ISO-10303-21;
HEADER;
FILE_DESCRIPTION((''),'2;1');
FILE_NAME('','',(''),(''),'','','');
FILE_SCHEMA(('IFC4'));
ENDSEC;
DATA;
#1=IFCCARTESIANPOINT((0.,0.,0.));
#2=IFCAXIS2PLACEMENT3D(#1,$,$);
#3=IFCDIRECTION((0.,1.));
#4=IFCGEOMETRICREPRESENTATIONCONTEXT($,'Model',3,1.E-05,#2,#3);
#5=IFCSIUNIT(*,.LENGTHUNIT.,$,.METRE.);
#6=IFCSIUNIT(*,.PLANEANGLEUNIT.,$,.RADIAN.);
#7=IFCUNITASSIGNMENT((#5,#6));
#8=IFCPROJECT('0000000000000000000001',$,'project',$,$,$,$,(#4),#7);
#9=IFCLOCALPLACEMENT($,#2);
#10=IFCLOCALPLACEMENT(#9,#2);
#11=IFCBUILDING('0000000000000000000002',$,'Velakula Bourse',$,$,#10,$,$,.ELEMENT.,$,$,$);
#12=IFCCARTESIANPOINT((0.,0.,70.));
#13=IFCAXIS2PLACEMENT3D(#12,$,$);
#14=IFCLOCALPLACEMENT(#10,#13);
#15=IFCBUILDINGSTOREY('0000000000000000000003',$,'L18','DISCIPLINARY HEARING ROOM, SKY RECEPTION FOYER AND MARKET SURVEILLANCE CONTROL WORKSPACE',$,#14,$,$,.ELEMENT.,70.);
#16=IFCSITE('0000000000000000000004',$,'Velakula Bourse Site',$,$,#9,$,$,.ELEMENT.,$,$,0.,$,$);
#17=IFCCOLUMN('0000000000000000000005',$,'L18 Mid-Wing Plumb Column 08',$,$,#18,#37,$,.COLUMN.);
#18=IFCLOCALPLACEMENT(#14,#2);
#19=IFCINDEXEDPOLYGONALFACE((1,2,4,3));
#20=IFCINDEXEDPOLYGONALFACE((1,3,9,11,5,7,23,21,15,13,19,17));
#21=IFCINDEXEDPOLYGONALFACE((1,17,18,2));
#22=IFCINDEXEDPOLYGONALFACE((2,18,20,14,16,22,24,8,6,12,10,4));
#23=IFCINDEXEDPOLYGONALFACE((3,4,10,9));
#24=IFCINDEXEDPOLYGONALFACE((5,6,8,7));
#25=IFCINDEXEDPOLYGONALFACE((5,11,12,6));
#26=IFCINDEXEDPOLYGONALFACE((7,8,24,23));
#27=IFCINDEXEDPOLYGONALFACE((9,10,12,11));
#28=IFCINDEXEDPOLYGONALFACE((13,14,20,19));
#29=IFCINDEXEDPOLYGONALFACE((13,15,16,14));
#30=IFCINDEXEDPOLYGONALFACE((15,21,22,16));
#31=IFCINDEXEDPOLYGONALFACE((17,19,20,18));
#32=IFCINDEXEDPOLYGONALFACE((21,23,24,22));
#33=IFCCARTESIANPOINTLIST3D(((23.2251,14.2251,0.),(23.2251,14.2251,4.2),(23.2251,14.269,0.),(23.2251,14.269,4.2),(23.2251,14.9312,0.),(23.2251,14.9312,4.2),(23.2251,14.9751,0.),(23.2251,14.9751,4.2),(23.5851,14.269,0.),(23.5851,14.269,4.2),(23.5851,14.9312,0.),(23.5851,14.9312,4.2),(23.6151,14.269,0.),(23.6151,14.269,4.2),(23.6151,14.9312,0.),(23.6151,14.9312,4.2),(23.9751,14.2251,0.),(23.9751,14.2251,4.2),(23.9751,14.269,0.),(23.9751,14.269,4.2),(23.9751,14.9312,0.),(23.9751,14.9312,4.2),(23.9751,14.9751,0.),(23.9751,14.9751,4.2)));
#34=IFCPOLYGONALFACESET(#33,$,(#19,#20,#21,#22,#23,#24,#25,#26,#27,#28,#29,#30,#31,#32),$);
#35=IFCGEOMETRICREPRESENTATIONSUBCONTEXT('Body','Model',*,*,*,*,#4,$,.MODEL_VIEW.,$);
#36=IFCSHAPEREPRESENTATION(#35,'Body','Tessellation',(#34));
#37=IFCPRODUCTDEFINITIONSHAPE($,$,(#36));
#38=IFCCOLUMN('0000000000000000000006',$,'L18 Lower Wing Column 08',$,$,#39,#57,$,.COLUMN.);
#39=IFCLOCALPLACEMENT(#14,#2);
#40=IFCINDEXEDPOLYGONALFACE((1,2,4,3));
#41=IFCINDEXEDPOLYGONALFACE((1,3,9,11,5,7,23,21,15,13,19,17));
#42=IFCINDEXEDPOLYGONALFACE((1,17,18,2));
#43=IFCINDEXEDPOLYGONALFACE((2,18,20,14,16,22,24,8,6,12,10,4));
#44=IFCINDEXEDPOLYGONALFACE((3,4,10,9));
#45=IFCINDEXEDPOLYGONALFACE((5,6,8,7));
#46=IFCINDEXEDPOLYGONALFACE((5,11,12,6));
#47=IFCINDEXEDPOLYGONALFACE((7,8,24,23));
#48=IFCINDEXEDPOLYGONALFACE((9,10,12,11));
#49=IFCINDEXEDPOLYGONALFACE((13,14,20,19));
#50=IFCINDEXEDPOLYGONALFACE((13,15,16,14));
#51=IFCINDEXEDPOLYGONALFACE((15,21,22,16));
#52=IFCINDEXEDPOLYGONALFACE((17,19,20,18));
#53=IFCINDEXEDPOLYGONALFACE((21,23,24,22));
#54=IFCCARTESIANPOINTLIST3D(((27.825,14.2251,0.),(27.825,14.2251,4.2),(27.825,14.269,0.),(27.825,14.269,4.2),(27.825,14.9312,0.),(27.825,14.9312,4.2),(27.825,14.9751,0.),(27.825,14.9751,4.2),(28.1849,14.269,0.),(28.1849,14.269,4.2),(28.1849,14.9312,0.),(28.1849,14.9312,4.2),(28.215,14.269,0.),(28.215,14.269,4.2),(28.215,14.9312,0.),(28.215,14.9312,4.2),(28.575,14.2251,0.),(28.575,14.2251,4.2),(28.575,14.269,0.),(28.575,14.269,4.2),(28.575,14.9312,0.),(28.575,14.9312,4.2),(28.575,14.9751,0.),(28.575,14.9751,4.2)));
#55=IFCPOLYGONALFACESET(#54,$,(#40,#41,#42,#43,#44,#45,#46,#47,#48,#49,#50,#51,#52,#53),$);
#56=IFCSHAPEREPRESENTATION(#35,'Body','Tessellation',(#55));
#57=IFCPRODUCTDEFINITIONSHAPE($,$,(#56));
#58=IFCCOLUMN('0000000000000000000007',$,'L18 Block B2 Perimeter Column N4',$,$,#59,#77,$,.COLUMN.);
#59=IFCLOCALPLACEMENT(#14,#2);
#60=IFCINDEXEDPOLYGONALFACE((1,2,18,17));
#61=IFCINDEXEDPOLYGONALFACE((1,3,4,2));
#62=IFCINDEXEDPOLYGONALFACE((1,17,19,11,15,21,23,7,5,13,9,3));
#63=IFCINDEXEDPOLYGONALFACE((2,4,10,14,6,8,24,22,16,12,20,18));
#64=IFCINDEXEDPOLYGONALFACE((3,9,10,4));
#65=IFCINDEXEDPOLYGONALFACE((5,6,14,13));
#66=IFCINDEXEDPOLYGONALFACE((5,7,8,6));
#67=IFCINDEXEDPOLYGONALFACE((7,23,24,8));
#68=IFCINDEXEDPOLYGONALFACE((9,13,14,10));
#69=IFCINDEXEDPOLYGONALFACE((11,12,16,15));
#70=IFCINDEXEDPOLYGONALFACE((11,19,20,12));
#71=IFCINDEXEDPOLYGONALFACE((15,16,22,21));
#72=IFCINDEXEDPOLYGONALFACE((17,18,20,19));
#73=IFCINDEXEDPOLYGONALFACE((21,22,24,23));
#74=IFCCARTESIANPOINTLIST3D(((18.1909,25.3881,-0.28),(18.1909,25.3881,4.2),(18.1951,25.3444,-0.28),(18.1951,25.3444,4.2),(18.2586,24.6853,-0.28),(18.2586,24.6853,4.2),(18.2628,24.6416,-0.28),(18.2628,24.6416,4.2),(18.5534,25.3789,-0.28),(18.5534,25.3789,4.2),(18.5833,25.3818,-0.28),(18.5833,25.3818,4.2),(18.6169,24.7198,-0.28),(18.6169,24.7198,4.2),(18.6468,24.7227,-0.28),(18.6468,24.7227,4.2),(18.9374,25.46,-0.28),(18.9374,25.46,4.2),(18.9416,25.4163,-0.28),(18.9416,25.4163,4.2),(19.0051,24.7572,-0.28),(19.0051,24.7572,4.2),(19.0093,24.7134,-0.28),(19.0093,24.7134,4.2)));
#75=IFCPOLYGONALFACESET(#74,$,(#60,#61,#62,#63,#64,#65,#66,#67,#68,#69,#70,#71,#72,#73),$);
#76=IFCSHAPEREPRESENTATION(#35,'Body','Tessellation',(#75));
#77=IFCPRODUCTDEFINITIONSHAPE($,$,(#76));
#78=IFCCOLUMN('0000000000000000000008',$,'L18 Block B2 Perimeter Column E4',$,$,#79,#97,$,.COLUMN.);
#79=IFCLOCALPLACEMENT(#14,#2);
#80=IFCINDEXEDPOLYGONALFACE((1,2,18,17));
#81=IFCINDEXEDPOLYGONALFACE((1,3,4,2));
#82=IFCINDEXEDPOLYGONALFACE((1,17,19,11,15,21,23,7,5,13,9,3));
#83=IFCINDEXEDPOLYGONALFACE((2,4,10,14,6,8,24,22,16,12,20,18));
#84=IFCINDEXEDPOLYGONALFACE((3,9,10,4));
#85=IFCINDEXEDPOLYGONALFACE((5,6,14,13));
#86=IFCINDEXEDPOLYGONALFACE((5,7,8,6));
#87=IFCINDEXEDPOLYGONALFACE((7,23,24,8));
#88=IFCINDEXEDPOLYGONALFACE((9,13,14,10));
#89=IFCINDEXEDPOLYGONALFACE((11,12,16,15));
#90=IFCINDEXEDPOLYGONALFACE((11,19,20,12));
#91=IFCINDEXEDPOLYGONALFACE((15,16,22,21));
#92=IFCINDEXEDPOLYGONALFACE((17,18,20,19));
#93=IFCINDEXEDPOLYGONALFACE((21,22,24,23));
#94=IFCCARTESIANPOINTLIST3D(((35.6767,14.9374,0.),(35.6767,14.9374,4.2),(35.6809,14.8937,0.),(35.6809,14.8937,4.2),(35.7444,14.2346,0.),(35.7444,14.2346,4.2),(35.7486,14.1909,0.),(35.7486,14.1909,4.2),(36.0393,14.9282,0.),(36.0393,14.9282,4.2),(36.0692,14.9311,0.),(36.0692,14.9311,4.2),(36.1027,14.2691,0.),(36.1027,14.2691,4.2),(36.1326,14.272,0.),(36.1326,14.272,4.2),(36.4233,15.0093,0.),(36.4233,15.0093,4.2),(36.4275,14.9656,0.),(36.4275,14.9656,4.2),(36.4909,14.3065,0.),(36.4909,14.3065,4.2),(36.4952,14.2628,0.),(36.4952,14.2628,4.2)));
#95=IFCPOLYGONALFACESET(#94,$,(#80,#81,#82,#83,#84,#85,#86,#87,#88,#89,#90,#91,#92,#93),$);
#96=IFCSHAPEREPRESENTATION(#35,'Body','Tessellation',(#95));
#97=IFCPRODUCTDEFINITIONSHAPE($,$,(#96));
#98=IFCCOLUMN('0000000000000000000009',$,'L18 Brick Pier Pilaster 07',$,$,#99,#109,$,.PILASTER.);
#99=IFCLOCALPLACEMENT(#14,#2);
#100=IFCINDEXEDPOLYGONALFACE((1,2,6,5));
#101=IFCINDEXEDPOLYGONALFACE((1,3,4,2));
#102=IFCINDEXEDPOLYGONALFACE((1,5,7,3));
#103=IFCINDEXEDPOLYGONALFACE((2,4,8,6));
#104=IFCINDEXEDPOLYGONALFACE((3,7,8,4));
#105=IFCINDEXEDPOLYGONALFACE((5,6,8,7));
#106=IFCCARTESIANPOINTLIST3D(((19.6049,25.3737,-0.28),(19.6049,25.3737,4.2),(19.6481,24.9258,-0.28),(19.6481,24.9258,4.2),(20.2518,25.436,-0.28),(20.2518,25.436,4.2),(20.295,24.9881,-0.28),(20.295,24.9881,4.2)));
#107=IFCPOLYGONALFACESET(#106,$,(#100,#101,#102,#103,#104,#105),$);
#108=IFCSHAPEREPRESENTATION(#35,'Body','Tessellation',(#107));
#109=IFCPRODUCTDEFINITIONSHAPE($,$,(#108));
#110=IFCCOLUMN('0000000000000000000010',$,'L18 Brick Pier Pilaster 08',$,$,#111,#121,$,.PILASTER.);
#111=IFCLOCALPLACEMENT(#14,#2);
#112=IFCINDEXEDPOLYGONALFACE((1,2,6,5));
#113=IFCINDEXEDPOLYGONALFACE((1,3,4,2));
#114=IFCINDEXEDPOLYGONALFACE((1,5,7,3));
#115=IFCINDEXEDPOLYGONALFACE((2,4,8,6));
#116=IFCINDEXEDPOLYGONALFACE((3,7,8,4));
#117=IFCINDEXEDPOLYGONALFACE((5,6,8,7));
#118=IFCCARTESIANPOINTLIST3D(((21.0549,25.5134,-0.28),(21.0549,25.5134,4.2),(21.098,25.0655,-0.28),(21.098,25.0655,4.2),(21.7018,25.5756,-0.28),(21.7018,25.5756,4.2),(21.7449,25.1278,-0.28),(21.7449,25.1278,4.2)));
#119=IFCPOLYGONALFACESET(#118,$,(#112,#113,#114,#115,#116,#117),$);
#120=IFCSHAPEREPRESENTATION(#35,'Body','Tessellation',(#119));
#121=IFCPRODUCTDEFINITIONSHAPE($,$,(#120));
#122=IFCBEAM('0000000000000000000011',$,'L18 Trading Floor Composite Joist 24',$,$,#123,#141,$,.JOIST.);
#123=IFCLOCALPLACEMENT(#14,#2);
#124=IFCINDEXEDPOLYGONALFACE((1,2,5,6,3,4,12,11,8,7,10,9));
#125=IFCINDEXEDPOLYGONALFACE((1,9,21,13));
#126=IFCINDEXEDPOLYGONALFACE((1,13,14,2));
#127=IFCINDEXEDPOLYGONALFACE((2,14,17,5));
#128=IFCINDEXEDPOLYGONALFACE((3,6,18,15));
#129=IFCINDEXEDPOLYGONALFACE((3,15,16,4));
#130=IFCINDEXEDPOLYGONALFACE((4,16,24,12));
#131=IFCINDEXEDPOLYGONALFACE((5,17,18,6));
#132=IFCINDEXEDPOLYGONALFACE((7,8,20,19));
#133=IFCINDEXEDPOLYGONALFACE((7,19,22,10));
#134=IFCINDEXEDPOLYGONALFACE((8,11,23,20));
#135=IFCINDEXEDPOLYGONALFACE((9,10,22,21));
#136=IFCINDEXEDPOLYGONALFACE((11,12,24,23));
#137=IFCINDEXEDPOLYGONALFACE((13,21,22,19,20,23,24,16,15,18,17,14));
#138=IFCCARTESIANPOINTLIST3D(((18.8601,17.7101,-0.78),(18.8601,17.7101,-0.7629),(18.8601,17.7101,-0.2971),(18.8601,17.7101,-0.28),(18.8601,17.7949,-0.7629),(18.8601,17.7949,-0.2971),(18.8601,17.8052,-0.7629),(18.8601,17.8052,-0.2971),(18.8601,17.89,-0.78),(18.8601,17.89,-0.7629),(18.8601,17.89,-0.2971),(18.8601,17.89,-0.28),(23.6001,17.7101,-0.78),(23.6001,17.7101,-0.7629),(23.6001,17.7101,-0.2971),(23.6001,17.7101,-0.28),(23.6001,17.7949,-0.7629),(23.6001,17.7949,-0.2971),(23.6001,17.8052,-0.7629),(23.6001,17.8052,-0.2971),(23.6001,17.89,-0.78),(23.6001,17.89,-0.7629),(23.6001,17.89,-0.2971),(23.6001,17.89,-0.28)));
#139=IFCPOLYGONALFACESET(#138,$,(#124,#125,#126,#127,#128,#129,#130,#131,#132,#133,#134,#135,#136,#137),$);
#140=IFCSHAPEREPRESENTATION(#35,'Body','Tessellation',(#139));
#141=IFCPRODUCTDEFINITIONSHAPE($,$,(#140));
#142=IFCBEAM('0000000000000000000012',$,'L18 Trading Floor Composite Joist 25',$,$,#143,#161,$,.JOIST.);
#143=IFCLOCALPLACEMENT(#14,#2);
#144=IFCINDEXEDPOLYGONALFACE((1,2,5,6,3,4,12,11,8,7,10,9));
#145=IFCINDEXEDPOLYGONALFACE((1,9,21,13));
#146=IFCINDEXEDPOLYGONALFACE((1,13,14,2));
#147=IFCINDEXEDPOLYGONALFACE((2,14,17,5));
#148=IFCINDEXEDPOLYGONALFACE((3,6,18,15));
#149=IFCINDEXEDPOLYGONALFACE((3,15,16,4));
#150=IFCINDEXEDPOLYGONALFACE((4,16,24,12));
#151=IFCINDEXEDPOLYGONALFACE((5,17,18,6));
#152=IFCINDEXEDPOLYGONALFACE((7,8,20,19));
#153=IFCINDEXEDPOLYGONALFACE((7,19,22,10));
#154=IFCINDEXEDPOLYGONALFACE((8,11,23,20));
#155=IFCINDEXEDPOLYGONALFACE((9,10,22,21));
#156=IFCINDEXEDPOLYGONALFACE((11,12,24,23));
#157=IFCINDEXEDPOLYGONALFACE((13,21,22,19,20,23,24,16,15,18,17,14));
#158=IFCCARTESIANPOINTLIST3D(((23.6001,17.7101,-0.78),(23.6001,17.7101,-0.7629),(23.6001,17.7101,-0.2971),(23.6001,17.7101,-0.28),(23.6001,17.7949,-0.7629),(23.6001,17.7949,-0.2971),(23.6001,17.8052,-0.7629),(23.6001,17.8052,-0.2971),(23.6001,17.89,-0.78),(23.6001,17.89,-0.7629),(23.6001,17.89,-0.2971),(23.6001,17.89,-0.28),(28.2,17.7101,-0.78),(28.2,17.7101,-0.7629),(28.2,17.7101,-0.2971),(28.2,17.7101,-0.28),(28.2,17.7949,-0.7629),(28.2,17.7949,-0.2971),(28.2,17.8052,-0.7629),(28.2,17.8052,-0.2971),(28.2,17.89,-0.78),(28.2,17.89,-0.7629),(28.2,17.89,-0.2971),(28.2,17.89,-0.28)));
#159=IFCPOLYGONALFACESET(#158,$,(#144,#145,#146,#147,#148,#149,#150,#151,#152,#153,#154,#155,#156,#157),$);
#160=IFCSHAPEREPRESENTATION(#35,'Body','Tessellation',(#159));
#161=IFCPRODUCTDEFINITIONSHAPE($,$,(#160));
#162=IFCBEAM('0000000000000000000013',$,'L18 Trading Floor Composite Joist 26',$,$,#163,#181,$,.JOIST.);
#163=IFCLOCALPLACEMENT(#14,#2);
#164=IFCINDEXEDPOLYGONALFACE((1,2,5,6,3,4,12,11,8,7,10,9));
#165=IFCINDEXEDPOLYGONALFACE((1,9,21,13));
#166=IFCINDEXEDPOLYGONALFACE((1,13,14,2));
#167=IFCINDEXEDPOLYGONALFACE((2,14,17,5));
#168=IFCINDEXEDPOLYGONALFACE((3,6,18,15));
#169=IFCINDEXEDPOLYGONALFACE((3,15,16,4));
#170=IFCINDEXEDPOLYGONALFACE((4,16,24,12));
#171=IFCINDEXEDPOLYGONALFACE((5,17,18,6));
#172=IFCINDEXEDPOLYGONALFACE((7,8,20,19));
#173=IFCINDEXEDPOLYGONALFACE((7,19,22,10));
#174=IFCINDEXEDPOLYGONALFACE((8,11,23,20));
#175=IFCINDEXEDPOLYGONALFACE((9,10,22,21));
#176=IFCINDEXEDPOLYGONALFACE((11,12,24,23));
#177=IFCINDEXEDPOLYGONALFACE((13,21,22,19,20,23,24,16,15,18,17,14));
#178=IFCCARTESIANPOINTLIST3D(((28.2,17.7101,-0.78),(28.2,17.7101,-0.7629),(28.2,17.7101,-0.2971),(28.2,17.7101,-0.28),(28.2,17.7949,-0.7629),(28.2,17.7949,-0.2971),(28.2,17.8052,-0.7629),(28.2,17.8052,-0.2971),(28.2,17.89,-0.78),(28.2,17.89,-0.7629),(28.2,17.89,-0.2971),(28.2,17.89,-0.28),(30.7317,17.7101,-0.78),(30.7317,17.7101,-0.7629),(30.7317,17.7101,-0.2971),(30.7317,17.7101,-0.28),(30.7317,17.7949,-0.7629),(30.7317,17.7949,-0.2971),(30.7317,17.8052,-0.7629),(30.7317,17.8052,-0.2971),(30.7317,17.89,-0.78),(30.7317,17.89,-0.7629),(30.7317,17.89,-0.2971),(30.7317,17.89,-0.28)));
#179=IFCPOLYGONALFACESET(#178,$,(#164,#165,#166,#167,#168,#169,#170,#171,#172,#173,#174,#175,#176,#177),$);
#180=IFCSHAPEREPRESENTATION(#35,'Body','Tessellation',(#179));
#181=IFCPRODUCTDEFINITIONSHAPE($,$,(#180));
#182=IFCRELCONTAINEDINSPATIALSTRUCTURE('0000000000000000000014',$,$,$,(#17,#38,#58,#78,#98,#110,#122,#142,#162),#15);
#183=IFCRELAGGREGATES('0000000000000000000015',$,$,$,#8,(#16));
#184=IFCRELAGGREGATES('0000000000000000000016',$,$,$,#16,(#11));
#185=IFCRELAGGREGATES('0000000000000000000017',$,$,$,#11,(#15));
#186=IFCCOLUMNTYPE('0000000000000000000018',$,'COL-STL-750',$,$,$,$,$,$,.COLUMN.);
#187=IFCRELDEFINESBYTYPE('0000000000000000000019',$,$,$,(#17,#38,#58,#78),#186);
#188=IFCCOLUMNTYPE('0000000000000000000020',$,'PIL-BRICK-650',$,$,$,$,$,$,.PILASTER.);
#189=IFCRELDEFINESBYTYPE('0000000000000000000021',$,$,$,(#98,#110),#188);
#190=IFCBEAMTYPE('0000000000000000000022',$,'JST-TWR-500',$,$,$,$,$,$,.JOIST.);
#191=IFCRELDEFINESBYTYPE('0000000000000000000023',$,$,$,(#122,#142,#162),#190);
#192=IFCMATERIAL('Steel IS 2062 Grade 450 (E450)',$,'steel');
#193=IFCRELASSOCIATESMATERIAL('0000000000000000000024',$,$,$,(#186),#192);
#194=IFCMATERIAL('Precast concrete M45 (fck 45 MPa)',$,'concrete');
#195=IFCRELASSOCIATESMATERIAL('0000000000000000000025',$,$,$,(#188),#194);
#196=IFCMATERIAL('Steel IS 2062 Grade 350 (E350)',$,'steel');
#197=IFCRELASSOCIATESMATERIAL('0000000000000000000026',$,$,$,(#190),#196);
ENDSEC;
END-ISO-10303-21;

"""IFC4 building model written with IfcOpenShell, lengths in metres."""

from ifc_helpers import new_model, si_unit, direction, frame, origin, origin_2d, place, context, subcontext, project, spatial, rectangle, i_section, extrude, material, material_profile, profile_set, type_object, element, save


model = new_model("IFC4")

# Units and contexts
model_context = context("Model", 3, precision=1e-05, world=origin(), true_north=direction((0.0, 1.0)))
body_context = subcontext(model_context, "Body", "Model", "MODEL_VIEW")
ifc_project = project(units=[si_unit("LENGTHUNIT", "METRE"), si_unit("PLANEANGLEUNIT", "RADIAN")], contexts=[model_context])

# Site, building, storey
site_placement = place(None, origin())
site = spatial("IfcSite", under=ifc_project, at=site_placement, Name="Velakula Bourse Site", CompositionType="ELEMENT", RefElevation=0.0)
building_placement = place(site_placement, origin())
building = spatial("IfcBuilding", under=site, at=building_placement, Name="Velakula Bourse", CompositionType="ELEMENT")
storey_placement = place(building_placement, frame((0.0, 0.0, 70.0)))
storey = spatial("IfcBuildingStorey", under=building, at=storey_placement, Name="L18", Description="DISCIPLINARY HEARING ROOM, SKY RECEPTION FOYER AND MARKET SURVEILLANCE CONTROL WORKSPACE", CompositionType="ELEMENT", Elevation=70.0)

# Columns
ifc_material_1 = material(Name="Steel IS 2062 Grade 450 (E450)", Category="steel")
ifc_material_profile_1 = material_profile(ifc_material_1, i_section(OverallWidth=0.75, OverallDepth=0.75, WebThickness=0.03, FlangeThickness=0.0439, at=origin_2d()), Name="Steel IS 2062 Grade 450 (E450)")
ifc_profile_set_1 = profile_set([ifc_material_profile_1], Name="Steel IS 2062 Grade 450 (E450)")
column_type_1 = type_object("IfcColumnType", Name="COL-STL-750", PredefinedType="COLUMN", material=ifc_profile_set_1)
for number, where, z_axis, x_axis, name in (
    (1, (23.6001, 14.6001, 0.0), (0.0, 0.0, 1.0), (1.0, 0.0, 0.0), "L18 Mid-Wing Plumb Column 08"),
    (2, (28.2, 14.6001, 0.0), (0.0, 0.0, 1.0), (1.0, 0.0, 0.0), "L18 Lower Wing Column 08"),
):
    element("IfcColumn", number, at=place(storey_placement, frame(where, z_axis=z_axis, x_axis=x_axis)), inside=storey, type_object=column_type_1, Name=name, PredefinedType="COLUMN", context=body_context, shape_type="SweptSolid", body=[
        extrude(i_section(OverallWidth=0.75, OverallDepth=0.75, WebThickness=0.03, FlangeThickness=0.0439, at=origin_2d()), origin(), (0.0, 0.0, 1.0), 4.2),
    ])
column_1_placement = place(storey_placement, frame((18.6001, 25.0508, -0.28), z_axis=(0.0, 0.0, 1.0), x_axis=(0.995396, 0.095846, 0.0)))
element("IfcColumn", 3, at=column_1_placement, inside=storey, type_object=column_type_1, Name="L18 Block B2 Perimeter Column N4", PredefinedType="COLUMN", context=body_context, shape_type="SweptSolid", body=[
    extrude(i_section(OverallWidth=0.75, OverallDepth=0.75, WebThickness=0.03, FlangeThickness=0.0439, at=origin_2d()), origin(), (0.0, 0.0, 1.0), 4.48),
])
column_2_placement = place(storey_placement, frame((36.0859, 14.6001, 0.0), z_axis=(0.0, 0.0, 1.0), x_axis=(0.995396, 0.095846, 0.0)))
element("IfcColumn", 4, at=column_2_placement, inside=storey, type_object=column_type_1, Name="L18 Block B2 Perimeter Column E4", PredefinedType="COLUMN", context=body_context, shape_type="SweptSolid", body=[
    extrude(i_section(OverallWidth=0.75, OverallDepth=0.75, WebThickness=0.03, FlangeThickness=0.0439, at=origin_2d()), origin(), (0.0, 0.0, 1.0), 4.2),
])
ifc_material_2 = material(Name="Precast concrete M45 (fck 45 MPa)", Category="concrete")
ifc_material_profile_2 = material_profile(ifc_material_2, rectangle(XDim=0.6499, YDim=0.45, at=origin_2d()), Name="Precast concrete M45 (fck 45 MPa)")
ifc_profile_set_2 = profile_set([ifc_material_profile_2], Name="Precast concrete M45 (fck 45 MPa)")
column_type_2 = type_object("IfcColumnType", Name="PIL-BRICK-650", PredefinedType="PILASTER", material=ifc_profile_set_2)
for number, where, z_axis, x_axis, name in (
    (5, (19.95, 25.1809, -0.28), (0.0, 0.0, 1.0), (0.995396, 0.095846, 0.0), "L18 Brick Pier Pilaster 07"),
    (6, (21.3999, 25.3206, -0.28), (0.0, 0.0, 1.0), (0.995396, 0.095846, 0.0), "L18 Brick Pier Pilaster 08"),
):
    element("IfcColumn", number, at=place(storey_placement, frame(where, z_axis=z_axis, x_axis=x_axis)), inside=storey, type_object=column_type_2, Name=name, PredefinedType="PILASTER", context=body_context, shape_type="SweptSolid", body=[
        extrude(rectangle(XDim=0.6499, YDim=0.45, at=origin_2d()), origin(), (0.0, 0.0, 1.0), 4.48),
    ])

# Beams
ifc_material_3 = material(Name="Steel IS 2062 Grade 350 (E350)", Category="steel")
ifc_material_profile_3 = material_profile(ifc_material_3, i_section(OverallWidth=0.1799, OverallDepth=0.5, WebThickness=0.0103, FlangeThickness=0.0171, at=origin_2d()), Name="Steel IS 2062 Grade 350 (E350)")
ifc_profile_set_3 = profile_set([ifc_material_profile_3], Name="Steel IS 2062 Grade 350 (E350)")
beam_type_1 = type_object("IfcBeamType", Name="JST-TWR-500", PredefinedType="JOIST", material=ifc_profile_set_3)
beam_1_placement = place(storey_placement, frame((18.8601, 17.8, -0.53), z_axis=(1.0, 0.0, 0.0), x_axis=(0.0, 1.0, 0.0)))
element("IfcBeam", 7, at=beam_1_placement, inside=storey, type_object=beam_type_1, Name="L18 Trading Floor Composite Joist 24", PredefinedType="JOIST", context=body_context, shape_type="SweptSolid", body=[
    extrude(i_section(OverallWidth=0.1799, OverallDepth=0.5, WebThickness=0.0103, FlangeThickness=0.0171, at=origin_2d()), origin(), (0.0, 0.0, 1.0), 4.74),
])
beam_2_placement = place(storey_placement, frame((23.6001, 17.8, -0.53), z_axis=(1.0, 0.0, 0.0), x_axis=(0.0, 1.0, 0.0)))
element("IfcBeam", 8, at=beam_2_placement, inside=storey, type_object=beam_type_1, Name="L18 Trading Floor Composite Joist 25", PredefinedType="JOIST", context=body_context, shape_type="SweptSolid", body=[
    extrude(i_section(OverallWidth=0.1799, OverallDepth=0.5, WebThickness=0.0103, FlangeThickness=0.0171, at=origin_2d()), origin(), (0.0, 0.0, 1.0), 4.5999),
])
beam_3_placement = place(storey_placement, frame((28.2, 17.8, -0.53), z_axis=(1.0, 0.0, 0.0), x_axis=(0.0, 1.0, 0.0)))
element("IfcBeam", 9, at=beam_3_placement, inside=storey, type_object=beam_type_1, Name="L18 Trading Floor Composite Joist 26", PredefinedType="JOIST", context=body_context, shape_type="SweptSolid", body=[
    extrude(i_section(OverallWidth=0.1799, OverallDepth=0.5, WebThickness=0.0103, FlangeThickness=0.0171, at=origin_2d()), origin(), (0.0, 0.0, 1.0), 2.5317),
])

save(model, "model.ifc")
